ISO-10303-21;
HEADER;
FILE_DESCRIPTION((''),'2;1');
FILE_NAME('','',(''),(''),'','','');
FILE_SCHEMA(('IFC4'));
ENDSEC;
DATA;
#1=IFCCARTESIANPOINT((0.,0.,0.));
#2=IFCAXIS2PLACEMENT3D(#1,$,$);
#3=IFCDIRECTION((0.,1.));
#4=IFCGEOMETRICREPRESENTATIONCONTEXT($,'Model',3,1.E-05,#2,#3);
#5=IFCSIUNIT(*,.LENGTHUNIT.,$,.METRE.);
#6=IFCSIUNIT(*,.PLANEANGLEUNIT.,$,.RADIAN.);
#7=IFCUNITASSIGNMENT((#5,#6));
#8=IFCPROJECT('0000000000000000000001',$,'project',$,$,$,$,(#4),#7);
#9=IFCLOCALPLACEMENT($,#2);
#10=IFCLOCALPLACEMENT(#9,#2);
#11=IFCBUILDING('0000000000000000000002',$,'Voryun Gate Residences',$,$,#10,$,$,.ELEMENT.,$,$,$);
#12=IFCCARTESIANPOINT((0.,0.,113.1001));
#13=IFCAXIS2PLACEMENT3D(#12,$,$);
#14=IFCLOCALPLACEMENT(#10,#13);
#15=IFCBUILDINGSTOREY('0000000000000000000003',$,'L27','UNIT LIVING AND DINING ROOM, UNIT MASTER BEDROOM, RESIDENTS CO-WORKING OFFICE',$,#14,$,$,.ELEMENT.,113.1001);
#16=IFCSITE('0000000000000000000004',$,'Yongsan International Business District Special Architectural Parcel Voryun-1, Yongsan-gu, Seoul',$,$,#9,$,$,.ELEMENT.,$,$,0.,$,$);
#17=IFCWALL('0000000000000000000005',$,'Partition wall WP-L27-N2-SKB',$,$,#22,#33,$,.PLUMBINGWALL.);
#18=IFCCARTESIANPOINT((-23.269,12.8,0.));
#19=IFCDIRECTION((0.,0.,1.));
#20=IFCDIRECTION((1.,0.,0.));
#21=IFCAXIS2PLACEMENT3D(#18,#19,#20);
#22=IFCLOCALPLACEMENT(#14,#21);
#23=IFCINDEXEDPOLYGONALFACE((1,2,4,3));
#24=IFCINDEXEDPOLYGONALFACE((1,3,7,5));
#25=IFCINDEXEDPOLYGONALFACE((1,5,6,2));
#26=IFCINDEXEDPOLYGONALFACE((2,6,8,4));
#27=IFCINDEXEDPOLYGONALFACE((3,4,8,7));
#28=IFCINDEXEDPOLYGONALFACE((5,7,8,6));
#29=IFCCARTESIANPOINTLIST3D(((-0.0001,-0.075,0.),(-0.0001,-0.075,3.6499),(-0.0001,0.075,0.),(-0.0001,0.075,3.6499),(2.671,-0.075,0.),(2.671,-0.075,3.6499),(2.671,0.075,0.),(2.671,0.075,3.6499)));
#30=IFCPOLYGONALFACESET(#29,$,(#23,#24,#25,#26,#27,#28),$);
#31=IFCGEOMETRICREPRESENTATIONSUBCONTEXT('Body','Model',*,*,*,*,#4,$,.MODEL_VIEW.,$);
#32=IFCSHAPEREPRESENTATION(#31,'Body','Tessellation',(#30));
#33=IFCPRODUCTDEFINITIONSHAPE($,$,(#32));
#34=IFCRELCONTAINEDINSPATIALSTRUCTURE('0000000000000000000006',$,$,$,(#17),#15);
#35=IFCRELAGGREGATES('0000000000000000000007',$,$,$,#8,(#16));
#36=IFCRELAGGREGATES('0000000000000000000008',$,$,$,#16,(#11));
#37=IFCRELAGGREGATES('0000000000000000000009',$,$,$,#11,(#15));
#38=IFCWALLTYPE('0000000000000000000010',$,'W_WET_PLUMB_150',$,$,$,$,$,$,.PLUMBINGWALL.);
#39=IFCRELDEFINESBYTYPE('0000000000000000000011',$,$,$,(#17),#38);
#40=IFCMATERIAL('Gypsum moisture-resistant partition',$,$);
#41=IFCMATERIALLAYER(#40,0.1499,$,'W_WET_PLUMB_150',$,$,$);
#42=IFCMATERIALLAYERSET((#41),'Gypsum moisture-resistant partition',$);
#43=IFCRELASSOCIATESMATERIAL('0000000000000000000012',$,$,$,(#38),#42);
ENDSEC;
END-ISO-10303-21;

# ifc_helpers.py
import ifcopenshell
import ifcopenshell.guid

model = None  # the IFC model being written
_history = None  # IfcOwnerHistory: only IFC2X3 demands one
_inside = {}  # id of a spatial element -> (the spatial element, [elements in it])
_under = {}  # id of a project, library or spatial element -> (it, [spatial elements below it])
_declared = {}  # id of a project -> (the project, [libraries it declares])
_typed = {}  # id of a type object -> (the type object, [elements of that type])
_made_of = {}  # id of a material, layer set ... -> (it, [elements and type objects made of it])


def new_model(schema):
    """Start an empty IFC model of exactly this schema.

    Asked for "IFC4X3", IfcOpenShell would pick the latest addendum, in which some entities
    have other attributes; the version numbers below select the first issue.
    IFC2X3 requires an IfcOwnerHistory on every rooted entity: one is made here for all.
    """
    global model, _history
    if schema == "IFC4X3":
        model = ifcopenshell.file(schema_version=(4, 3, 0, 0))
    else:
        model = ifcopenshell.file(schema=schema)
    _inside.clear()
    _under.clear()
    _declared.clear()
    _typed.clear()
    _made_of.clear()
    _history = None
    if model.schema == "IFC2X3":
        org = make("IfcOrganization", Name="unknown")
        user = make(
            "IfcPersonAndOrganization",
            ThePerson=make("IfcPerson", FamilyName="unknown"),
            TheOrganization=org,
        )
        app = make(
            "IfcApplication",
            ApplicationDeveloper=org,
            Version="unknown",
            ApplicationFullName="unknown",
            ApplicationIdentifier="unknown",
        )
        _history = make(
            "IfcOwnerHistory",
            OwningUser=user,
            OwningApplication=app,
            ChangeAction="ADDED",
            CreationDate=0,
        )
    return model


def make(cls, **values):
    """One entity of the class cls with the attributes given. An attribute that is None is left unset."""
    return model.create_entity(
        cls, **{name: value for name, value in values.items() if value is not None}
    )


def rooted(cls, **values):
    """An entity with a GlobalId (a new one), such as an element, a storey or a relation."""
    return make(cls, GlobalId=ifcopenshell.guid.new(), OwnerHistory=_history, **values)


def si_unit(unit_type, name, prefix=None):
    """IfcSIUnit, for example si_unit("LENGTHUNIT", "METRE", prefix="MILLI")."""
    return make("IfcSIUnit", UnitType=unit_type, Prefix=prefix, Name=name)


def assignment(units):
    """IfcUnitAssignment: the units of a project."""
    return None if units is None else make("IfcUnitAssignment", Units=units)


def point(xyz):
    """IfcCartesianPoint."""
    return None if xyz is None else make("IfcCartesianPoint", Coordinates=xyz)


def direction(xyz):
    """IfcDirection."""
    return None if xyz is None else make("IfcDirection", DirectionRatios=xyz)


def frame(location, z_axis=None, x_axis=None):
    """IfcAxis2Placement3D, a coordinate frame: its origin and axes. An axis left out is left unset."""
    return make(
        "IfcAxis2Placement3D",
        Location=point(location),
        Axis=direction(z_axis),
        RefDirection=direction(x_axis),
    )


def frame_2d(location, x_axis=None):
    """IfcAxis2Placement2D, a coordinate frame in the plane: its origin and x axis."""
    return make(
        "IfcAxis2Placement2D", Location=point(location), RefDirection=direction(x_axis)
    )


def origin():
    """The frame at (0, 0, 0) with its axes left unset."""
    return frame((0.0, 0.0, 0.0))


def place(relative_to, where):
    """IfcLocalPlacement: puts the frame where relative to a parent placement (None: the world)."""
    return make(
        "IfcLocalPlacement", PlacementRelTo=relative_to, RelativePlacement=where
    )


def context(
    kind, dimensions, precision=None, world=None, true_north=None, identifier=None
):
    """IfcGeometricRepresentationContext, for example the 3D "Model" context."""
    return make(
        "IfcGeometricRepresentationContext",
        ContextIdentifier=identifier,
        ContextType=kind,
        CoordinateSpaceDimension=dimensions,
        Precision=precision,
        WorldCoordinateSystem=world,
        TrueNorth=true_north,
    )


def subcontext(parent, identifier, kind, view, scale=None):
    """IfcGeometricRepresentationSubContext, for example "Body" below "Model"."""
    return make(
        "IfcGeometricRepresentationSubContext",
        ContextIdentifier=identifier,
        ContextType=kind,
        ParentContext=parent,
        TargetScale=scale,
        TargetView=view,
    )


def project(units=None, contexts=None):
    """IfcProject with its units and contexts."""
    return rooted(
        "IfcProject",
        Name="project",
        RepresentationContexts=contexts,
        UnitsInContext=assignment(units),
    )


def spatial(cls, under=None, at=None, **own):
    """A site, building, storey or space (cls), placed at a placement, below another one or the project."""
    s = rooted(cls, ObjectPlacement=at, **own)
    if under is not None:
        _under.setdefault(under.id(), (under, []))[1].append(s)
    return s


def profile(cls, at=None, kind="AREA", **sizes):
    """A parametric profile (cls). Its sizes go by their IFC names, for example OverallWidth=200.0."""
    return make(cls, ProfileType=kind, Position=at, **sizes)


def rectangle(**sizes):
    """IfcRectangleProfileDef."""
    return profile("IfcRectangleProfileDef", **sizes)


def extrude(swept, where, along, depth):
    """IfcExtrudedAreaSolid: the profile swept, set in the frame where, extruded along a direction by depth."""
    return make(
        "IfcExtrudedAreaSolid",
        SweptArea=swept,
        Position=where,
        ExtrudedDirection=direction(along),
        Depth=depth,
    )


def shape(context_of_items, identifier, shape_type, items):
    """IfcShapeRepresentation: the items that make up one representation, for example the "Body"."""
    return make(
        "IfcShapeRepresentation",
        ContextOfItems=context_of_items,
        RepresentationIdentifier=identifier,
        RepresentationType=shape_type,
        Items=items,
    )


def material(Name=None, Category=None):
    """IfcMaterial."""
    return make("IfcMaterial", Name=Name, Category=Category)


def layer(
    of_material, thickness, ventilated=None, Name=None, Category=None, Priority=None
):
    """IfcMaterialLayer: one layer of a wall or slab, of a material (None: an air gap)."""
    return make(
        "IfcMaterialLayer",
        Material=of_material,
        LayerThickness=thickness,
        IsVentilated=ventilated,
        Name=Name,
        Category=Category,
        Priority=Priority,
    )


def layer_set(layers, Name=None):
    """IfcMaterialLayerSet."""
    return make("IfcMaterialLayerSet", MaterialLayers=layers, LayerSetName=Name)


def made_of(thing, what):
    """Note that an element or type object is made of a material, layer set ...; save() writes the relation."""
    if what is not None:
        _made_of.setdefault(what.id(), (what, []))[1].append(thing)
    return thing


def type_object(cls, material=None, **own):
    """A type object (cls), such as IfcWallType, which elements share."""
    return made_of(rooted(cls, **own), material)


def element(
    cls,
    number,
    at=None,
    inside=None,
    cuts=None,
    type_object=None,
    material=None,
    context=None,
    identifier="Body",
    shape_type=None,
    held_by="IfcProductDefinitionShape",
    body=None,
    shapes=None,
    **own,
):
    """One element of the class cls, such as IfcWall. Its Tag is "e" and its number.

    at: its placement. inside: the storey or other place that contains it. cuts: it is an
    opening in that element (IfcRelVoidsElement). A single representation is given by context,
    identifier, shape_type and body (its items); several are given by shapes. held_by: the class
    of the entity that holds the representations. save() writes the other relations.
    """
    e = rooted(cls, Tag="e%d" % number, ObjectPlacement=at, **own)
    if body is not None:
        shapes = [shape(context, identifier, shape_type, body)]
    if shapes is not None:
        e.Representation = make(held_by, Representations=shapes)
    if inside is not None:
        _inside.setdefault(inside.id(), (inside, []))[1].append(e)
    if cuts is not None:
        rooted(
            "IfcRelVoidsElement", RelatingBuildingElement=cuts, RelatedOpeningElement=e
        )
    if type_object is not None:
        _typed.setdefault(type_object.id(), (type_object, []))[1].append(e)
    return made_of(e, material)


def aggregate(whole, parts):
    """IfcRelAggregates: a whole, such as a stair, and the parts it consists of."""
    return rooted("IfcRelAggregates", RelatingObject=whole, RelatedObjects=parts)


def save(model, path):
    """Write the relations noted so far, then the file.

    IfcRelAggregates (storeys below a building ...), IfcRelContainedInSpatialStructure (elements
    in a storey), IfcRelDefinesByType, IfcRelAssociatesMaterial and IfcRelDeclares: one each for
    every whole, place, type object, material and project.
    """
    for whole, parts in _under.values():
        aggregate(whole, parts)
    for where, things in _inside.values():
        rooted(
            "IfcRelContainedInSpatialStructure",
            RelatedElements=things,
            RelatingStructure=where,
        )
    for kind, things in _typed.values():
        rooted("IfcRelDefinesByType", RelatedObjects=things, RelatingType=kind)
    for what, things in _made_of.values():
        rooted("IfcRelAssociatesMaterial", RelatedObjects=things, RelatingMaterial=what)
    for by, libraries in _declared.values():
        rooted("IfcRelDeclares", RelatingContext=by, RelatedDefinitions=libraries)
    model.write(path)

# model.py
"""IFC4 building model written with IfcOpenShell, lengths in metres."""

from ifc_helpers import new_model, si_unit, direction, frame, frame_2d, origin, place, context, subcontext, project, spatial, rectangle, extrude, material, layer, layer_set, type_object, element, save


model = new_model("IFC4")

# Units and contexts
model_context = context("Model", 3, precision=1e-05, world=origin(), true_north=direction((0.0, 1.0)))
body_context = subcontext(model_context, "Body", "Model", "MODEL_VIEW")
ifc_project = project(units=[si_unit("LENGTHUNIT", "METRE"), si_unit("PLANEANGLEUNIT", "RADIAN")], contexts=[model_context])

# Site, building, storey
site_placement = place(None, origin())
site = spatial("IfcSite", under=ifc_project, at=site_placement, Name="Yongsan International Business District Special Architectural Parcel Voryun-1, Yongsan-gu, Seoul", CompositionType="ELEMENT", RefElevation=0.0)
building_placement = place(site_placement, origin())
building = spatial("IfcBuilding", under=site, at=building_placement, Name="Voryun Gate Residences", CompositionType="ELEMENT")
storey_placement = place(building_placement, frame((0.0, 0.0, 113.1001)))
storey = spatial("IfcBuildingStorey", under=building, at=storey_placement, Name="L27", Description="UNIT LIVING AND DINING ROOM, UNIT MASTER BEDROOM, RESIDENTS CO-WORKING OFFICE", CompositionType="ELEMENT", Elevation=113.1001)

# Wall
ifc_material_1 = material(Name="Gypsum moisture-resistant partition")
ifc_layer_1 = layer(ifc_material_1, 0.1499, Name="W_WET_PLUMB_150")
ifc_layer_set_1 = layer_set([ifc_layer_1], Name="Gypsum moisture-resistant partition")
wall_type_1 = type_object("IfcWallType", Name="W_WET_PLUMB_150", PredefinedType="PLUMBINGWALL", material=ifc_layer_set_1)
wall_1_placement = place(storey_placement, frame((-23.269, 12.8, 0.0), z_axis=(0.0, 0.0, 1.0), x_axis=(1.0, 0.0, 0.0)))
element("IfcWall", 1, at=wall_1_placement, inside=storey, type_object=wall_type_1, Name="Partition wall WP-L27-N2-SKB", PredefinedType="PLUMBINGWALL", context=body_context, shape_type="SweptSolid", body=[
    extrude(rectangle(XDim=2.6711, YDim=0.1499, at=frame_2d((1.3354, 0.0))), origin(), (0.0, 0.0, 1.0), 3.6499),
])

save(model, "model.ifc")
